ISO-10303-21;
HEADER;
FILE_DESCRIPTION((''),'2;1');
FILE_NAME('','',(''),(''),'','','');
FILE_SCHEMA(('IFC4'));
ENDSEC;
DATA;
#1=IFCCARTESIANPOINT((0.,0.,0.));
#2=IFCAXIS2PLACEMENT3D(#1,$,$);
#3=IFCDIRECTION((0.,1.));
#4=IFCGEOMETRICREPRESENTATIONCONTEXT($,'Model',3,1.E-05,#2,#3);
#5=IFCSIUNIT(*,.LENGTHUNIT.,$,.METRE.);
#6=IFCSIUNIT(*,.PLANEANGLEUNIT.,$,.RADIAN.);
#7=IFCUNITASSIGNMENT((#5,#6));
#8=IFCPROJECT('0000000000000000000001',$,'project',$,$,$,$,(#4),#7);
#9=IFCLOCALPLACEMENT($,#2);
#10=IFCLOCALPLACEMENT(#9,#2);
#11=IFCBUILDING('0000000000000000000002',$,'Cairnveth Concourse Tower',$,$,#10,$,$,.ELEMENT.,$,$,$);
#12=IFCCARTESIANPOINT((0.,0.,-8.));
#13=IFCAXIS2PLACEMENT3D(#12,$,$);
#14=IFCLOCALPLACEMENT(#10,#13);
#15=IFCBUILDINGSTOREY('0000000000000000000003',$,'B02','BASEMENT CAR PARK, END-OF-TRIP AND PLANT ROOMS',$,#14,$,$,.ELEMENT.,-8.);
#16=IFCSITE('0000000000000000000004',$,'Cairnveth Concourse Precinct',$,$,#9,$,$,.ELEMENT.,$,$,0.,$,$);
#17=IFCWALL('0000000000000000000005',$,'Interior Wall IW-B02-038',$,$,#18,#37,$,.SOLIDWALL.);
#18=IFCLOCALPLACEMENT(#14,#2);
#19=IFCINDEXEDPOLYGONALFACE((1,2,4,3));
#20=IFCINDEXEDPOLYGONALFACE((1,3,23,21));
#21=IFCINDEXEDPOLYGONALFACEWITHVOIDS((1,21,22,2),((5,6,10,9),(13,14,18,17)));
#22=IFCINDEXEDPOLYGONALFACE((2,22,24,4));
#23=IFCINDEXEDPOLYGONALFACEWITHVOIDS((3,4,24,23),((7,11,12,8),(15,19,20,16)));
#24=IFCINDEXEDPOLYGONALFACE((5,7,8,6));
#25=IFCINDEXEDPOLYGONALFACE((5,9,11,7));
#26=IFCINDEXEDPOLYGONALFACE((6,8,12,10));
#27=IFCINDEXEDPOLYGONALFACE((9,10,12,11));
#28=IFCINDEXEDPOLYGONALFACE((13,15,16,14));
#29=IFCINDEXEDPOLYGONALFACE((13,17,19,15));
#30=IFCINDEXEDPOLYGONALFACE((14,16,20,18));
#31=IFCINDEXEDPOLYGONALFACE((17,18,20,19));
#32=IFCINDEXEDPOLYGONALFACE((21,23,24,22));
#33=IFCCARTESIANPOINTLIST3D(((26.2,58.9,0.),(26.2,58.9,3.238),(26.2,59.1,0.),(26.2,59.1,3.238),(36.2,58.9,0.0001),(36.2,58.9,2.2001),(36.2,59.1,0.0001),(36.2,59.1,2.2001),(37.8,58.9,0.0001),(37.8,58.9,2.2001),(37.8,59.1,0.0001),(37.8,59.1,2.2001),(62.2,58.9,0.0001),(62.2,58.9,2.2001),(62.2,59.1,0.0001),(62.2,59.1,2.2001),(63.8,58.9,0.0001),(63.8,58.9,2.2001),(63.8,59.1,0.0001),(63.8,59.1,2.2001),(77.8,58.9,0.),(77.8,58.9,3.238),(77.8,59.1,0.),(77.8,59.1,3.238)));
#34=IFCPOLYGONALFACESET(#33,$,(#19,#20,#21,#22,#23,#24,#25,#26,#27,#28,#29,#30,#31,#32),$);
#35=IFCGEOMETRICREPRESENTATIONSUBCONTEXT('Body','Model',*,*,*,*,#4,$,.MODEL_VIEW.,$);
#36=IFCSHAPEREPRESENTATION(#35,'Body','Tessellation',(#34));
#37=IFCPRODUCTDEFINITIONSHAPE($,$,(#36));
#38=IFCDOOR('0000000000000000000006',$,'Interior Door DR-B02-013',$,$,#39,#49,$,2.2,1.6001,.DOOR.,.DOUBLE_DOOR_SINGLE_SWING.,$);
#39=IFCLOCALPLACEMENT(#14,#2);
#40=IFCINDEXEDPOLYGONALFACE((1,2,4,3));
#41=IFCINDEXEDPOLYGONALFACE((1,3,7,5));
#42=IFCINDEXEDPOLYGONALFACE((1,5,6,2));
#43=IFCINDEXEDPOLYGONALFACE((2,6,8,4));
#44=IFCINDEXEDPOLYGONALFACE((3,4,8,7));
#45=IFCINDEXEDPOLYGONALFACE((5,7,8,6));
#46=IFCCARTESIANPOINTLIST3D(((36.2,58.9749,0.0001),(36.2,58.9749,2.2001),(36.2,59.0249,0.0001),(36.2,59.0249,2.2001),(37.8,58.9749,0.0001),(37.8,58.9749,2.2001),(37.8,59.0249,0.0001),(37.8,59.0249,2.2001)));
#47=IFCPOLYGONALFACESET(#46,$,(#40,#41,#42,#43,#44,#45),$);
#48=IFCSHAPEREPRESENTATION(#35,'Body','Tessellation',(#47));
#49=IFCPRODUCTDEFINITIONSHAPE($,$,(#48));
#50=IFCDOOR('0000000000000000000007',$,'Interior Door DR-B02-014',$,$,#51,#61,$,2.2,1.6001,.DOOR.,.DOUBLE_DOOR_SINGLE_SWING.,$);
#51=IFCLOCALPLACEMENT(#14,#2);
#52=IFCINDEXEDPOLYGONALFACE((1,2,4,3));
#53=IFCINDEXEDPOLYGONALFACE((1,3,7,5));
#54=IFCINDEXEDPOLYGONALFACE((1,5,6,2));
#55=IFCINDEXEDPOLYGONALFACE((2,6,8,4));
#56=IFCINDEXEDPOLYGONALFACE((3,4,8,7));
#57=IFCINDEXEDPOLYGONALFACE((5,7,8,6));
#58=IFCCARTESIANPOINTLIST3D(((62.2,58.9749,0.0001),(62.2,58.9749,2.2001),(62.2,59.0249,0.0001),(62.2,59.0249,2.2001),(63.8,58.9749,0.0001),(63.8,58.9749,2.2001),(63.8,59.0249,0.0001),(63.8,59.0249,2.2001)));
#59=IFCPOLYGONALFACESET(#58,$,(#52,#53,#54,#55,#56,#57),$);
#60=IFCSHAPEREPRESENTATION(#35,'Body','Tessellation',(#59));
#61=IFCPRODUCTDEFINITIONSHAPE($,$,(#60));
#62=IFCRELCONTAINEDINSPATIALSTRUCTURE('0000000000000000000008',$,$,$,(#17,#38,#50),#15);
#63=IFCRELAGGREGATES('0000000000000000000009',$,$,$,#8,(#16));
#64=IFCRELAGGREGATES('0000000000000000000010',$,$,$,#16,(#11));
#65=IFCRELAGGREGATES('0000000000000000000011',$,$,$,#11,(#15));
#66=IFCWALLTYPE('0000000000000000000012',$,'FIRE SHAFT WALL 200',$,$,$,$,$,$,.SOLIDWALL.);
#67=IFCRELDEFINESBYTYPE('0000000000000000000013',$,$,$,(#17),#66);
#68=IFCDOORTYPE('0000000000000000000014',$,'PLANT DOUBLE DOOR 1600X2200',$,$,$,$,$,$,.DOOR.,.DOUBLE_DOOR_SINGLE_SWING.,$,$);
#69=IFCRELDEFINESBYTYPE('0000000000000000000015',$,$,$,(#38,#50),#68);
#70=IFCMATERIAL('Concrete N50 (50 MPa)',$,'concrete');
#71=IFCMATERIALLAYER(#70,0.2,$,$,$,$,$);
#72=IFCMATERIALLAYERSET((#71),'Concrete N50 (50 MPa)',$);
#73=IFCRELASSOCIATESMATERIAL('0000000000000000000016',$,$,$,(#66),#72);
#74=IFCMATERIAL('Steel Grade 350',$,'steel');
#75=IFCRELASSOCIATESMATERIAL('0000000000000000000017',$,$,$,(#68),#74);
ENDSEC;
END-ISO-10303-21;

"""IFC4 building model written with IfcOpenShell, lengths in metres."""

from ifc_helpers import new_model, si_unit, direction, frame, frame_2d, origin, place, context, subcontext, project, spatial, rectangle, extrude, material, layer, layer_set, type_object, element, fill, save


model = new_model("IFC4")

# Units and contexts
model_context = context("Model", 3, precision=1e-05, world=origin(), true_north=direction((0.0, 1.0)))
body_context = subcontext(model_context, "Body", "Model", "MODEL_VIEW")
ifc_project = project(units=[si_unit("LENGTHUNIT", "METRE"), si_unit("PLANEANGLEUNIT", "RADIAN")], contexts=[model_context])

# Site, building, storey
site_placement = place(None, origin())
site = spatial("IfcSite", under=ifc_project, at=site_placement, Name="Cairnveth Concourse Precinct", CompositionType="ELEMENT", RefElevation=0.0)
building_placement = place(site_placement, origin())
building = spatial("IfcBuilding", under=site, at=building_placement, Name="Cairnveth Concourse Tower", CompositionType="ELEMENT")
storey_placement = place(building_placement, frame((0.0, 0.0, -8.0)))
storey = spatial("IfcBuildingStorey", under=building, at=storey_placement, Name="B02", Description="BASEMENT CAR PARK, END-OF-TRIP AND PLANT ROOMS", CompositionType="ELEMENT", Elevation=-8.0)

# Shared definitions
ifc_material_1 = material(Name="Concrete N50 (50 MPa)", Category="concrete")

# Shared definitions
ifc_material_2 = material(Name="Steel Grade 350", Category="steel")

# Wall, openings, doors
ifc_layer_1 = layer(ifc_material_1, 0.2)
ifc_layer_set_1 = layer_set([ifc_layer_1], Name="Concrete N50 (50 MPa)")
wall_type_1 = type_object("IfcWallType", Name="FIRE SHAFT WALL 200", PredefinedType="SOLIDWALL", material=ifc_layer_set_1)
wall_1_placement = place(storey_placement, frame((26.2, 59.0, 0.0), z_axis=(0.0, 0.0, 1.0), x_axis=(1.0, 0.0, 0.0)))
wall_1 = element("IfcWall", 1, at=wall_1_placement, inside=storey, type_object=wall_type_1, Name="Interior Wall IW-B02-038", PredefinedType="SOLIDWALL", context=body_context, shape_type="SweptSolid", body=[
    extrude(rectangle(XDim=51.6001, YDim=0.2, at=frame_2d((25.8, 0.0))), origin(), (0.0, 0.0, 1.0), 3.238),
])
opening_1_placement = place(wall_1_placement, frame((10.0, 0.0, 0.0)))
opening_1 = element("IfcOpeningElement", 2, at=opening_1_placement, cuts=wall_1, PredefinedType="OPENING", context=body_context, shape_type="SweptSolid", body=[
    extrude(rectangle(XDim=1.6001, YDim=2.2, at=frame_2d((0.8, 1.1001))), frame((0.0, 0.1099, 0.0), z_axis=(0.0, -1.0, 0.0), x_axis=(1.0, 0.0, 0.0)), (0.0, 0.0, 1.0), 0.22),
])
opening_2_placement = place(wall_1_placement, frame((36.0, 0.0, 0.0)))
opening_2 = element("IfcOpeningElement", 3, at=opening_2_placement, cuts=wall_1, PredefinedType="OPENING", context=body_context, shape_type="SweptSolid", body=[
    extrude(rectangle(XDim=1.6001, YDim=2.2, at=frame_2d((0.8, 1.1001))), frame((0.0, 0.1099, 0.0), z_axis=(0.0, -1.0, 0.0), x_axis=(1.0, 0.0, 0.0)), (0.0, 0.0, 1.0), 0.22),
])
door_type = type_object("IfcDoorType", Name="PLANT DOUBLE DOOR 1600X2200", OperationType="DOUBLE_DOOR_SINGLE_SWING", PredefinedType="DOOR", material=ifc_material_2)
door_1_placement = place(opening_1_placement, origin())
door_1 = element("IfcDoor", 4, at=door_1_placement, inside=storey, type_object=door_type, Name="Interior Door DR-B02-013", OperationType="DOUBLE_DOOR_SINGLE_SWING", OverallHeight=2.2, OverallWidth=1.6001, PredefinedType="DOOR", context=body_context, shape_type="SweptSolid", body=[
    extrude(rectangle(XDim=1.6001, YDim=2.2, at=frame_2d((0.8, 1.1001))), frame((0.0, 0.0249, 0.0), z_axis=(0.0, -1.0, 0.0), x_axis=(1.0, 0.0, 0.0)), (0.0, 0.0, 1.0), 0.05),
])
fill(opening_1, door_1)
door_2_placement = place(opening_2_placement, origin())
door_2 = element("IfcDoor", 5, at=door_2_placement, inside=storey, type_object=door_type, Name="Interior Door DR-B02-014", OperationType="DOUBLE_DOOR_SINGLE_SWING", OverallHeight=2.2, OverallWidth=1.6001, PredefinedType="DOOR", context=body_context, shape_type="SweptSolid", body=[
    extrude(rectangle(XDim=1.6001, YDim=2.2, at=frame_2d((0.8, 1.1001))), frame((0.0, 0.0249, 0.0), z_axis=(0.0, -1.0, 0.0), x_axis=(1.0, 0.0, 0.0)), (0.0, 0.0, 1.0), 0.05),
])
fill(opening_2, door_2)

save(model, "model.ifc")
